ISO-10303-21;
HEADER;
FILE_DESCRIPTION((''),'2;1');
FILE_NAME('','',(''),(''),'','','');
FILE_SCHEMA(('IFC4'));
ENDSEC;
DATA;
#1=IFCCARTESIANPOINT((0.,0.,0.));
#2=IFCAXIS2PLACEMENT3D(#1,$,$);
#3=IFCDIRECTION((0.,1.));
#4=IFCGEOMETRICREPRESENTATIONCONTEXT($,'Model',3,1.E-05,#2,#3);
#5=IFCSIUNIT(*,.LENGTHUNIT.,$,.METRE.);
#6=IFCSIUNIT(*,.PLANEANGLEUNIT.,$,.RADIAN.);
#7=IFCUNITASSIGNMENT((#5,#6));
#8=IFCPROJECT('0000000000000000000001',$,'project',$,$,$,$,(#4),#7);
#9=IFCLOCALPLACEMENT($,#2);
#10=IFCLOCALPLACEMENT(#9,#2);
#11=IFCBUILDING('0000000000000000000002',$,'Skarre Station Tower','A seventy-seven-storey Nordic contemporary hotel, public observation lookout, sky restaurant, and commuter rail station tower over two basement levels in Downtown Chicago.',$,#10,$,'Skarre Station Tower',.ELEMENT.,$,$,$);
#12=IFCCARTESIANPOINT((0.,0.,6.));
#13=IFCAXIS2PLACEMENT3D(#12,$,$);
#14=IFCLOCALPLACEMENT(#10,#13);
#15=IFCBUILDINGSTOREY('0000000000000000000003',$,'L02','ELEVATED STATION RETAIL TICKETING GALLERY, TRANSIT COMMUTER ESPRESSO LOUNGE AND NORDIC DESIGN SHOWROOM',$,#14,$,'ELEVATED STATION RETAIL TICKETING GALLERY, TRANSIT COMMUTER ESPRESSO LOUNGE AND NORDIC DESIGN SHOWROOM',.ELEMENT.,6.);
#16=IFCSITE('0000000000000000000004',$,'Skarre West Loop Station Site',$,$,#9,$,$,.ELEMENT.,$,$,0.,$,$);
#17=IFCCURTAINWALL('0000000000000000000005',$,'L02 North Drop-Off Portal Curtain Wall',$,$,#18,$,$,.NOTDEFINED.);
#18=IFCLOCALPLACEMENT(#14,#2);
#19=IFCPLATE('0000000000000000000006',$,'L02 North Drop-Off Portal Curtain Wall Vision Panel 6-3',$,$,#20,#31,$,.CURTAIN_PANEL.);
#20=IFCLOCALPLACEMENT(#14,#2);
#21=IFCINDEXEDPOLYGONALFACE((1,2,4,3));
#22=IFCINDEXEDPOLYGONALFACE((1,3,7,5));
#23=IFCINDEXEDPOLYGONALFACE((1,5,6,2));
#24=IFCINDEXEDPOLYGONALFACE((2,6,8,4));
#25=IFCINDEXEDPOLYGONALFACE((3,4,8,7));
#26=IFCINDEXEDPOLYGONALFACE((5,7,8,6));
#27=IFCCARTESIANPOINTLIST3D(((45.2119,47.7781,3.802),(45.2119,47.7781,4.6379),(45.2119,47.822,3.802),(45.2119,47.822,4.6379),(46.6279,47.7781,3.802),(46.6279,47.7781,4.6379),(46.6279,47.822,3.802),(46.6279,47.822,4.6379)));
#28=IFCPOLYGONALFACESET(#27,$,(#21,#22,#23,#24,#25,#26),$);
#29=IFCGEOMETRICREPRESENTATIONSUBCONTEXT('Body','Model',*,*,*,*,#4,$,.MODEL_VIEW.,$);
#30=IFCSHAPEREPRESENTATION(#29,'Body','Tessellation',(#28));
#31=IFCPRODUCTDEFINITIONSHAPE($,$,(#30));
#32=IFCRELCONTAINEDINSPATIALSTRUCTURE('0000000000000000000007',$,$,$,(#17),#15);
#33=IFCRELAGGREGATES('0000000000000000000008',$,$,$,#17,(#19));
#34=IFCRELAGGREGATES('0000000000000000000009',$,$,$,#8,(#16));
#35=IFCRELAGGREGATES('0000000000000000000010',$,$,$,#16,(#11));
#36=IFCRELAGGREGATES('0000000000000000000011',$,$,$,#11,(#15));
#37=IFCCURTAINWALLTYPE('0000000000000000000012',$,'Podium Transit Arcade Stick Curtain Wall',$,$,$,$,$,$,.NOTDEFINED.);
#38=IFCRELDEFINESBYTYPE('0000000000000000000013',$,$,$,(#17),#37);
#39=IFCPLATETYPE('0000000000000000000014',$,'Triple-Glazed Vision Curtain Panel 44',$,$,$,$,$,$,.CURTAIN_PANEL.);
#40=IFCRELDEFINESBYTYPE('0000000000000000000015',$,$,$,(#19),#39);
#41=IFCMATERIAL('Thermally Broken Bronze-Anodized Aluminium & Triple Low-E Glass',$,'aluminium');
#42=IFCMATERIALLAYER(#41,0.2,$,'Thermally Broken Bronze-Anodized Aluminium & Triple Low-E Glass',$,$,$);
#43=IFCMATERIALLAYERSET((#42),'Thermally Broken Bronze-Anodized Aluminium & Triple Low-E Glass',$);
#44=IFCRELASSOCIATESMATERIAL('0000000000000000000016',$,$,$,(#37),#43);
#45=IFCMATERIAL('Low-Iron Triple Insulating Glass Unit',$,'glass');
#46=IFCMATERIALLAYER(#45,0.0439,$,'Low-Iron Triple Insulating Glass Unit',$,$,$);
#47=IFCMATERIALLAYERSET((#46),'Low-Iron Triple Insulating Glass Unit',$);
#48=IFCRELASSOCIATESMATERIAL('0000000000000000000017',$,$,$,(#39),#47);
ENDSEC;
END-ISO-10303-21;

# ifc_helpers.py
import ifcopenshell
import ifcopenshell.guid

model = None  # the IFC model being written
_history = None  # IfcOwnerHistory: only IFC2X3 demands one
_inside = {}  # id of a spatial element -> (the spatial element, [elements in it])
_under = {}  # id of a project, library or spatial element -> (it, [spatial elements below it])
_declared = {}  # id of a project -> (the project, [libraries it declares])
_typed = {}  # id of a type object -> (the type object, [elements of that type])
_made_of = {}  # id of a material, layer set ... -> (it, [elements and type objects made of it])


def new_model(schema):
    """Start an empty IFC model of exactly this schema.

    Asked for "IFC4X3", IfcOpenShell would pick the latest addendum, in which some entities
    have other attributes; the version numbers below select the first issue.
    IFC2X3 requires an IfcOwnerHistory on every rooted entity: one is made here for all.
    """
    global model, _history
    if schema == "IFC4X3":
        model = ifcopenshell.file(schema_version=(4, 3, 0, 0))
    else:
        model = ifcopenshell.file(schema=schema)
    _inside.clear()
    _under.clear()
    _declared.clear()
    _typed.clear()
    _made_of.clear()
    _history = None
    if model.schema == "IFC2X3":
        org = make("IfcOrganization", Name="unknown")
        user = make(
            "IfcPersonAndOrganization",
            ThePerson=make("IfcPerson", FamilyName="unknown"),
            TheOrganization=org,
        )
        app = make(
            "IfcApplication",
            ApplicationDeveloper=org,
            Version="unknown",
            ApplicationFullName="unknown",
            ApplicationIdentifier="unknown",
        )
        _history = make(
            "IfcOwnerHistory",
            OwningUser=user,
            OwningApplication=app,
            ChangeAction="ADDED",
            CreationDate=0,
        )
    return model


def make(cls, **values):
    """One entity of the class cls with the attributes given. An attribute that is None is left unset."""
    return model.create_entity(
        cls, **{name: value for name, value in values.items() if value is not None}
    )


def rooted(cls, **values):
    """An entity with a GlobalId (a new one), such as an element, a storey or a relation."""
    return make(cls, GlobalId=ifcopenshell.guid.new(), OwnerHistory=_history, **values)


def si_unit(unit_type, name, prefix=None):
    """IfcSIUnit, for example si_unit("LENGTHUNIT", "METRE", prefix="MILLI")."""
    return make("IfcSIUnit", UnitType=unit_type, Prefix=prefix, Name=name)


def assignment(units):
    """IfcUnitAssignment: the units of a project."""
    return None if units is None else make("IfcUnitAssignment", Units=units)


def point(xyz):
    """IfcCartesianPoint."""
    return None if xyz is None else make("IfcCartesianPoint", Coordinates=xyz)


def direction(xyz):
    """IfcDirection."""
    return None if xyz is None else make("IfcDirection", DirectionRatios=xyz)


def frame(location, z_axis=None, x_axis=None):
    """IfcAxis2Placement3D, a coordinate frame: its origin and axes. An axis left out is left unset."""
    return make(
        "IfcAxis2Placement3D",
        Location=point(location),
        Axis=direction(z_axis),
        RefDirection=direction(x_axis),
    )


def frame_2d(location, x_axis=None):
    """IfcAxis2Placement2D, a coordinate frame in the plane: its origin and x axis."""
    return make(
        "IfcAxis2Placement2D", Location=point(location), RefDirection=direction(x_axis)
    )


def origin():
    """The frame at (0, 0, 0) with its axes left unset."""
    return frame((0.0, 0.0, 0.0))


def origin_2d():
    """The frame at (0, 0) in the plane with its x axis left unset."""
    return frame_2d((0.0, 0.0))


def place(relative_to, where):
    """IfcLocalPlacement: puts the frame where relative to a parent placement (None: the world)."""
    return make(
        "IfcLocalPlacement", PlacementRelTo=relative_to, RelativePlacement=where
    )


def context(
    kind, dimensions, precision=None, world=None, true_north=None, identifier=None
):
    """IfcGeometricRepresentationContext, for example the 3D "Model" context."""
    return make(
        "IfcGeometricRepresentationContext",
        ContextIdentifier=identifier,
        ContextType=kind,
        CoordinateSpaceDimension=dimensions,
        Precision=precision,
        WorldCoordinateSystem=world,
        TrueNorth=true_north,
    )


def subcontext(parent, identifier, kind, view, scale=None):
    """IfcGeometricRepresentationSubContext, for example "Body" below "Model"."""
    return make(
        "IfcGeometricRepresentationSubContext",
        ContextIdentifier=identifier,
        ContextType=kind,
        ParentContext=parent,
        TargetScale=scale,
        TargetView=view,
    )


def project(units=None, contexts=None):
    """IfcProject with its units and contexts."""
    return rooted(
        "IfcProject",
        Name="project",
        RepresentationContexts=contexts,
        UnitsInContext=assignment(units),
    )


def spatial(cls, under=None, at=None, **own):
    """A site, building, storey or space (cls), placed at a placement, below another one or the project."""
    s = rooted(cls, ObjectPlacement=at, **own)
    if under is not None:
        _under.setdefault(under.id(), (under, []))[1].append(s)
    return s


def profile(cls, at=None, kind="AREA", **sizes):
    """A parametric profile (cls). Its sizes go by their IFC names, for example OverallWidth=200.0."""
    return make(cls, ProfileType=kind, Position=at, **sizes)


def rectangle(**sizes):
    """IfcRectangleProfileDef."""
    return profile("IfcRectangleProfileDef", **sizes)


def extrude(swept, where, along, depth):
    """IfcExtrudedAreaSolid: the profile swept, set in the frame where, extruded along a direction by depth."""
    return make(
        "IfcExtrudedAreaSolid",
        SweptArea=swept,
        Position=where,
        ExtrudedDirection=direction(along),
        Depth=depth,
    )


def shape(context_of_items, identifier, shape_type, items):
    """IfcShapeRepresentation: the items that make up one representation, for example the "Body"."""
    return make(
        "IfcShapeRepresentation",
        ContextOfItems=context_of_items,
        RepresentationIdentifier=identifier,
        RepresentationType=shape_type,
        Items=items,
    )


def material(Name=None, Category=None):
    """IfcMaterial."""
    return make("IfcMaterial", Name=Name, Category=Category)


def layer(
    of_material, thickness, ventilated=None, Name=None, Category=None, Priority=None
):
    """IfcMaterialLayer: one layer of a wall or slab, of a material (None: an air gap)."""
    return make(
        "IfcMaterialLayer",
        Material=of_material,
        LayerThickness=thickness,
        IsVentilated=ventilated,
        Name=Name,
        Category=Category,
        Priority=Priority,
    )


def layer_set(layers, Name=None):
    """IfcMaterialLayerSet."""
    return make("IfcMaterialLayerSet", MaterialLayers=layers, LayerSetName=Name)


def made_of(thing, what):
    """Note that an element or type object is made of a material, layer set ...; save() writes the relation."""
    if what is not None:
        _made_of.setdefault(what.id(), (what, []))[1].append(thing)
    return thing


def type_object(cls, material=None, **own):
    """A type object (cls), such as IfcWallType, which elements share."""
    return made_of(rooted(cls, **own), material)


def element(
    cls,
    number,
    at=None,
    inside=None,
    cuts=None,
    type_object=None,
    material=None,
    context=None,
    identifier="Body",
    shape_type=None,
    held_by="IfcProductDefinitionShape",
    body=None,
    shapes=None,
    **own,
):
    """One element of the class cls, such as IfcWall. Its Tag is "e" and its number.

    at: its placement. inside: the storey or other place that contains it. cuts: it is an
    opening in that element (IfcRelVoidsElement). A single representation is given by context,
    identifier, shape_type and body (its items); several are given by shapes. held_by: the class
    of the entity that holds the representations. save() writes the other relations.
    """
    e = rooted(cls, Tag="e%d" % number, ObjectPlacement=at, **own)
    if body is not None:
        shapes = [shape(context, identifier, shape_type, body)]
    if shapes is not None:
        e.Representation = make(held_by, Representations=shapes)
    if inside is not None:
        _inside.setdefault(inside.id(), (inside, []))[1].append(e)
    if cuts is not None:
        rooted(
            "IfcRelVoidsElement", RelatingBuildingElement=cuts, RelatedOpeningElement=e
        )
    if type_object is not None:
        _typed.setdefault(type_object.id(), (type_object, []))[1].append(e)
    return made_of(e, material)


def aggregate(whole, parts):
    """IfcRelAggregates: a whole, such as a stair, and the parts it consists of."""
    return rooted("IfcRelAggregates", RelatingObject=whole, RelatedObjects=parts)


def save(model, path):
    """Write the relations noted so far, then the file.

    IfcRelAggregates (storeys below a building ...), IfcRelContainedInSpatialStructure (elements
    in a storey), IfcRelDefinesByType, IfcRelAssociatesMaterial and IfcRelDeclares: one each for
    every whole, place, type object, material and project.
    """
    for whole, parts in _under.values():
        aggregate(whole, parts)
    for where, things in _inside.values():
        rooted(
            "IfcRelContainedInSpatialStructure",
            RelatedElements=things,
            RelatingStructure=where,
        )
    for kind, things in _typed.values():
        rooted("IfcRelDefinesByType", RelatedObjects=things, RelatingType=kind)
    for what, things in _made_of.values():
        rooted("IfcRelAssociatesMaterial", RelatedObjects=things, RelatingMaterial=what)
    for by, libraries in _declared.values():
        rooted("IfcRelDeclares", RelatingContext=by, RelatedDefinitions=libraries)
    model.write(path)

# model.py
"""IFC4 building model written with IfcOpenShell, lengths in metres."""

from ifc_helpers import new_model, si_unit, direction, frame, origin, origin_2d, place, context, subcontext, project, spatial, rectangle, extrude, material, layer, layer_set, type_object, element, aggregate, save


model = new_model("IFC4")

# Units and contexts
model_context = context("Model", 3, precision=1e-05, world=origin(), true_north=direction((0.0, 1.0)))
body_context = subcontext(model_context, "Body", "Model", "MODEL_VIEW")
ifc_project = project(units=[si_unit("LENGTHUNIT", "METRE"), si_unit("PLANEANGLEUNIT", "RADIAN")], contexts=[model_context])

# Site, building, storey
site_placement = place(None, origin())
site = spatial("IfcSite", under=ifc_project, at=site_placement, Name="Skarre West Loop Station Site", CompositionType="ELEMENT", RefElevation=0.0)
building_placement = place(site_placement, origin())
building = spatial("IfcBuilding", under=site, at=building_placement, Name="Skarre Station Tower", Description="A seventy-seven-storey Nordic contemporary hotel, public observation lookout, sky restaurant, and commuter rail station tower over two basement levels in Downtown Chicago.", LongName="Skarre Station Tower", CompositionType="ELEMENT")
storey_placement = place(building_placement, frame((0.0, 0.0, 6.0)))
storey = spatial("IfcBuildingStorey", under=building, at=storey_placement, Name="L02", Description="ELEVATED STATION RETAIL TICKETING GALLERY, TRANSIT COMMUTER ESPRESSO LOUNGE AND NORDIC DESIGN SHOWROOM", LongName="ELEVATED STATION RETAIL TICKETING GALLERY, TRANSIT COMMUTER ESPRESSO LOUNGE AND NORDIC DESIGN SHOWROOM", CompositionType="ELEMENT", Elevation=6.0)

# Curtain wall, plate
ifc_material_1 = material(Name="Thermally Broken Bronze-Anodized Aluminium & Triple Low-E Glass", Category="aluminium")
ifc_layer_1 = layer(ifc_material_1, 0.2, Name="Thermally Broken Bronze-Anodized Aluminium & Triple Low-E Glass")
ifc_layer_set_1 = layer_set([ifc_layer_1], Name="Thermally Broken Bronze-Anodized Aluminium & Triple Low-E Glass")
curtain_wall_type = type_object("IfcCurtainWallType", Name="Podium Transit Arcade Stick Curtain Wall", PredefinedType="NOTDEFINED", material=ifc_layer_set_1)
curtain_wall_placement = place(storey_placement, origin())
curtain_wall = element("IfcCurtainWall", 1, at=curtain_wall_placement, inside=storey, type_object=curtain_wall_type, Name="L02 North Drop-Off Portal Curtain Wall", PredefinedType="NOTDEFINED")
ifc_material_2 = material(Name="Low-Iron Triple Insulating Glass Unit", Category="glass")
ifc_layer_2 = layer(ifc_material_2, 0.0439, Name="Low-Iron Triple Insulating Glass Unit")
ifc_layer_set_2 = layer_set([ifc_layer_2], Name="Low-Iron Triple Insulating Glass Unit")
plate_type_1 = type_object("IfcPlateType", Name="Triple-Glazed Vision Curtain Panel 44", PredefinedType="CURTAIN_PANEL", material=ifc_layer_set_2)
plate_1_placement = place(storey_placement, frame((45.9199, 47.8, 3.802), z_axis=(0.0, 0.0, 1.0), x_axis=(1.0, 0.0, 0.0)))
plate_1 = element("IfcPlate", 2, at=plate_1_placement, type_object=plate_type_1, Name="L02 North Drop-Off Portal Curtain Wall Vision Panel 6-3", PredefinedType="CURTAIN_PANEL", context=body_context, shape_type="SweptSolid", body=[
    extrude(rectangle(XDim=1.416, YDim=0.0439, at=origin_2d()), origin(), (0.0, 0.0, 1.0), 0.8359),
])
aggregate(curtain_wall, [plate_1])

save(model, "model.ifc")
